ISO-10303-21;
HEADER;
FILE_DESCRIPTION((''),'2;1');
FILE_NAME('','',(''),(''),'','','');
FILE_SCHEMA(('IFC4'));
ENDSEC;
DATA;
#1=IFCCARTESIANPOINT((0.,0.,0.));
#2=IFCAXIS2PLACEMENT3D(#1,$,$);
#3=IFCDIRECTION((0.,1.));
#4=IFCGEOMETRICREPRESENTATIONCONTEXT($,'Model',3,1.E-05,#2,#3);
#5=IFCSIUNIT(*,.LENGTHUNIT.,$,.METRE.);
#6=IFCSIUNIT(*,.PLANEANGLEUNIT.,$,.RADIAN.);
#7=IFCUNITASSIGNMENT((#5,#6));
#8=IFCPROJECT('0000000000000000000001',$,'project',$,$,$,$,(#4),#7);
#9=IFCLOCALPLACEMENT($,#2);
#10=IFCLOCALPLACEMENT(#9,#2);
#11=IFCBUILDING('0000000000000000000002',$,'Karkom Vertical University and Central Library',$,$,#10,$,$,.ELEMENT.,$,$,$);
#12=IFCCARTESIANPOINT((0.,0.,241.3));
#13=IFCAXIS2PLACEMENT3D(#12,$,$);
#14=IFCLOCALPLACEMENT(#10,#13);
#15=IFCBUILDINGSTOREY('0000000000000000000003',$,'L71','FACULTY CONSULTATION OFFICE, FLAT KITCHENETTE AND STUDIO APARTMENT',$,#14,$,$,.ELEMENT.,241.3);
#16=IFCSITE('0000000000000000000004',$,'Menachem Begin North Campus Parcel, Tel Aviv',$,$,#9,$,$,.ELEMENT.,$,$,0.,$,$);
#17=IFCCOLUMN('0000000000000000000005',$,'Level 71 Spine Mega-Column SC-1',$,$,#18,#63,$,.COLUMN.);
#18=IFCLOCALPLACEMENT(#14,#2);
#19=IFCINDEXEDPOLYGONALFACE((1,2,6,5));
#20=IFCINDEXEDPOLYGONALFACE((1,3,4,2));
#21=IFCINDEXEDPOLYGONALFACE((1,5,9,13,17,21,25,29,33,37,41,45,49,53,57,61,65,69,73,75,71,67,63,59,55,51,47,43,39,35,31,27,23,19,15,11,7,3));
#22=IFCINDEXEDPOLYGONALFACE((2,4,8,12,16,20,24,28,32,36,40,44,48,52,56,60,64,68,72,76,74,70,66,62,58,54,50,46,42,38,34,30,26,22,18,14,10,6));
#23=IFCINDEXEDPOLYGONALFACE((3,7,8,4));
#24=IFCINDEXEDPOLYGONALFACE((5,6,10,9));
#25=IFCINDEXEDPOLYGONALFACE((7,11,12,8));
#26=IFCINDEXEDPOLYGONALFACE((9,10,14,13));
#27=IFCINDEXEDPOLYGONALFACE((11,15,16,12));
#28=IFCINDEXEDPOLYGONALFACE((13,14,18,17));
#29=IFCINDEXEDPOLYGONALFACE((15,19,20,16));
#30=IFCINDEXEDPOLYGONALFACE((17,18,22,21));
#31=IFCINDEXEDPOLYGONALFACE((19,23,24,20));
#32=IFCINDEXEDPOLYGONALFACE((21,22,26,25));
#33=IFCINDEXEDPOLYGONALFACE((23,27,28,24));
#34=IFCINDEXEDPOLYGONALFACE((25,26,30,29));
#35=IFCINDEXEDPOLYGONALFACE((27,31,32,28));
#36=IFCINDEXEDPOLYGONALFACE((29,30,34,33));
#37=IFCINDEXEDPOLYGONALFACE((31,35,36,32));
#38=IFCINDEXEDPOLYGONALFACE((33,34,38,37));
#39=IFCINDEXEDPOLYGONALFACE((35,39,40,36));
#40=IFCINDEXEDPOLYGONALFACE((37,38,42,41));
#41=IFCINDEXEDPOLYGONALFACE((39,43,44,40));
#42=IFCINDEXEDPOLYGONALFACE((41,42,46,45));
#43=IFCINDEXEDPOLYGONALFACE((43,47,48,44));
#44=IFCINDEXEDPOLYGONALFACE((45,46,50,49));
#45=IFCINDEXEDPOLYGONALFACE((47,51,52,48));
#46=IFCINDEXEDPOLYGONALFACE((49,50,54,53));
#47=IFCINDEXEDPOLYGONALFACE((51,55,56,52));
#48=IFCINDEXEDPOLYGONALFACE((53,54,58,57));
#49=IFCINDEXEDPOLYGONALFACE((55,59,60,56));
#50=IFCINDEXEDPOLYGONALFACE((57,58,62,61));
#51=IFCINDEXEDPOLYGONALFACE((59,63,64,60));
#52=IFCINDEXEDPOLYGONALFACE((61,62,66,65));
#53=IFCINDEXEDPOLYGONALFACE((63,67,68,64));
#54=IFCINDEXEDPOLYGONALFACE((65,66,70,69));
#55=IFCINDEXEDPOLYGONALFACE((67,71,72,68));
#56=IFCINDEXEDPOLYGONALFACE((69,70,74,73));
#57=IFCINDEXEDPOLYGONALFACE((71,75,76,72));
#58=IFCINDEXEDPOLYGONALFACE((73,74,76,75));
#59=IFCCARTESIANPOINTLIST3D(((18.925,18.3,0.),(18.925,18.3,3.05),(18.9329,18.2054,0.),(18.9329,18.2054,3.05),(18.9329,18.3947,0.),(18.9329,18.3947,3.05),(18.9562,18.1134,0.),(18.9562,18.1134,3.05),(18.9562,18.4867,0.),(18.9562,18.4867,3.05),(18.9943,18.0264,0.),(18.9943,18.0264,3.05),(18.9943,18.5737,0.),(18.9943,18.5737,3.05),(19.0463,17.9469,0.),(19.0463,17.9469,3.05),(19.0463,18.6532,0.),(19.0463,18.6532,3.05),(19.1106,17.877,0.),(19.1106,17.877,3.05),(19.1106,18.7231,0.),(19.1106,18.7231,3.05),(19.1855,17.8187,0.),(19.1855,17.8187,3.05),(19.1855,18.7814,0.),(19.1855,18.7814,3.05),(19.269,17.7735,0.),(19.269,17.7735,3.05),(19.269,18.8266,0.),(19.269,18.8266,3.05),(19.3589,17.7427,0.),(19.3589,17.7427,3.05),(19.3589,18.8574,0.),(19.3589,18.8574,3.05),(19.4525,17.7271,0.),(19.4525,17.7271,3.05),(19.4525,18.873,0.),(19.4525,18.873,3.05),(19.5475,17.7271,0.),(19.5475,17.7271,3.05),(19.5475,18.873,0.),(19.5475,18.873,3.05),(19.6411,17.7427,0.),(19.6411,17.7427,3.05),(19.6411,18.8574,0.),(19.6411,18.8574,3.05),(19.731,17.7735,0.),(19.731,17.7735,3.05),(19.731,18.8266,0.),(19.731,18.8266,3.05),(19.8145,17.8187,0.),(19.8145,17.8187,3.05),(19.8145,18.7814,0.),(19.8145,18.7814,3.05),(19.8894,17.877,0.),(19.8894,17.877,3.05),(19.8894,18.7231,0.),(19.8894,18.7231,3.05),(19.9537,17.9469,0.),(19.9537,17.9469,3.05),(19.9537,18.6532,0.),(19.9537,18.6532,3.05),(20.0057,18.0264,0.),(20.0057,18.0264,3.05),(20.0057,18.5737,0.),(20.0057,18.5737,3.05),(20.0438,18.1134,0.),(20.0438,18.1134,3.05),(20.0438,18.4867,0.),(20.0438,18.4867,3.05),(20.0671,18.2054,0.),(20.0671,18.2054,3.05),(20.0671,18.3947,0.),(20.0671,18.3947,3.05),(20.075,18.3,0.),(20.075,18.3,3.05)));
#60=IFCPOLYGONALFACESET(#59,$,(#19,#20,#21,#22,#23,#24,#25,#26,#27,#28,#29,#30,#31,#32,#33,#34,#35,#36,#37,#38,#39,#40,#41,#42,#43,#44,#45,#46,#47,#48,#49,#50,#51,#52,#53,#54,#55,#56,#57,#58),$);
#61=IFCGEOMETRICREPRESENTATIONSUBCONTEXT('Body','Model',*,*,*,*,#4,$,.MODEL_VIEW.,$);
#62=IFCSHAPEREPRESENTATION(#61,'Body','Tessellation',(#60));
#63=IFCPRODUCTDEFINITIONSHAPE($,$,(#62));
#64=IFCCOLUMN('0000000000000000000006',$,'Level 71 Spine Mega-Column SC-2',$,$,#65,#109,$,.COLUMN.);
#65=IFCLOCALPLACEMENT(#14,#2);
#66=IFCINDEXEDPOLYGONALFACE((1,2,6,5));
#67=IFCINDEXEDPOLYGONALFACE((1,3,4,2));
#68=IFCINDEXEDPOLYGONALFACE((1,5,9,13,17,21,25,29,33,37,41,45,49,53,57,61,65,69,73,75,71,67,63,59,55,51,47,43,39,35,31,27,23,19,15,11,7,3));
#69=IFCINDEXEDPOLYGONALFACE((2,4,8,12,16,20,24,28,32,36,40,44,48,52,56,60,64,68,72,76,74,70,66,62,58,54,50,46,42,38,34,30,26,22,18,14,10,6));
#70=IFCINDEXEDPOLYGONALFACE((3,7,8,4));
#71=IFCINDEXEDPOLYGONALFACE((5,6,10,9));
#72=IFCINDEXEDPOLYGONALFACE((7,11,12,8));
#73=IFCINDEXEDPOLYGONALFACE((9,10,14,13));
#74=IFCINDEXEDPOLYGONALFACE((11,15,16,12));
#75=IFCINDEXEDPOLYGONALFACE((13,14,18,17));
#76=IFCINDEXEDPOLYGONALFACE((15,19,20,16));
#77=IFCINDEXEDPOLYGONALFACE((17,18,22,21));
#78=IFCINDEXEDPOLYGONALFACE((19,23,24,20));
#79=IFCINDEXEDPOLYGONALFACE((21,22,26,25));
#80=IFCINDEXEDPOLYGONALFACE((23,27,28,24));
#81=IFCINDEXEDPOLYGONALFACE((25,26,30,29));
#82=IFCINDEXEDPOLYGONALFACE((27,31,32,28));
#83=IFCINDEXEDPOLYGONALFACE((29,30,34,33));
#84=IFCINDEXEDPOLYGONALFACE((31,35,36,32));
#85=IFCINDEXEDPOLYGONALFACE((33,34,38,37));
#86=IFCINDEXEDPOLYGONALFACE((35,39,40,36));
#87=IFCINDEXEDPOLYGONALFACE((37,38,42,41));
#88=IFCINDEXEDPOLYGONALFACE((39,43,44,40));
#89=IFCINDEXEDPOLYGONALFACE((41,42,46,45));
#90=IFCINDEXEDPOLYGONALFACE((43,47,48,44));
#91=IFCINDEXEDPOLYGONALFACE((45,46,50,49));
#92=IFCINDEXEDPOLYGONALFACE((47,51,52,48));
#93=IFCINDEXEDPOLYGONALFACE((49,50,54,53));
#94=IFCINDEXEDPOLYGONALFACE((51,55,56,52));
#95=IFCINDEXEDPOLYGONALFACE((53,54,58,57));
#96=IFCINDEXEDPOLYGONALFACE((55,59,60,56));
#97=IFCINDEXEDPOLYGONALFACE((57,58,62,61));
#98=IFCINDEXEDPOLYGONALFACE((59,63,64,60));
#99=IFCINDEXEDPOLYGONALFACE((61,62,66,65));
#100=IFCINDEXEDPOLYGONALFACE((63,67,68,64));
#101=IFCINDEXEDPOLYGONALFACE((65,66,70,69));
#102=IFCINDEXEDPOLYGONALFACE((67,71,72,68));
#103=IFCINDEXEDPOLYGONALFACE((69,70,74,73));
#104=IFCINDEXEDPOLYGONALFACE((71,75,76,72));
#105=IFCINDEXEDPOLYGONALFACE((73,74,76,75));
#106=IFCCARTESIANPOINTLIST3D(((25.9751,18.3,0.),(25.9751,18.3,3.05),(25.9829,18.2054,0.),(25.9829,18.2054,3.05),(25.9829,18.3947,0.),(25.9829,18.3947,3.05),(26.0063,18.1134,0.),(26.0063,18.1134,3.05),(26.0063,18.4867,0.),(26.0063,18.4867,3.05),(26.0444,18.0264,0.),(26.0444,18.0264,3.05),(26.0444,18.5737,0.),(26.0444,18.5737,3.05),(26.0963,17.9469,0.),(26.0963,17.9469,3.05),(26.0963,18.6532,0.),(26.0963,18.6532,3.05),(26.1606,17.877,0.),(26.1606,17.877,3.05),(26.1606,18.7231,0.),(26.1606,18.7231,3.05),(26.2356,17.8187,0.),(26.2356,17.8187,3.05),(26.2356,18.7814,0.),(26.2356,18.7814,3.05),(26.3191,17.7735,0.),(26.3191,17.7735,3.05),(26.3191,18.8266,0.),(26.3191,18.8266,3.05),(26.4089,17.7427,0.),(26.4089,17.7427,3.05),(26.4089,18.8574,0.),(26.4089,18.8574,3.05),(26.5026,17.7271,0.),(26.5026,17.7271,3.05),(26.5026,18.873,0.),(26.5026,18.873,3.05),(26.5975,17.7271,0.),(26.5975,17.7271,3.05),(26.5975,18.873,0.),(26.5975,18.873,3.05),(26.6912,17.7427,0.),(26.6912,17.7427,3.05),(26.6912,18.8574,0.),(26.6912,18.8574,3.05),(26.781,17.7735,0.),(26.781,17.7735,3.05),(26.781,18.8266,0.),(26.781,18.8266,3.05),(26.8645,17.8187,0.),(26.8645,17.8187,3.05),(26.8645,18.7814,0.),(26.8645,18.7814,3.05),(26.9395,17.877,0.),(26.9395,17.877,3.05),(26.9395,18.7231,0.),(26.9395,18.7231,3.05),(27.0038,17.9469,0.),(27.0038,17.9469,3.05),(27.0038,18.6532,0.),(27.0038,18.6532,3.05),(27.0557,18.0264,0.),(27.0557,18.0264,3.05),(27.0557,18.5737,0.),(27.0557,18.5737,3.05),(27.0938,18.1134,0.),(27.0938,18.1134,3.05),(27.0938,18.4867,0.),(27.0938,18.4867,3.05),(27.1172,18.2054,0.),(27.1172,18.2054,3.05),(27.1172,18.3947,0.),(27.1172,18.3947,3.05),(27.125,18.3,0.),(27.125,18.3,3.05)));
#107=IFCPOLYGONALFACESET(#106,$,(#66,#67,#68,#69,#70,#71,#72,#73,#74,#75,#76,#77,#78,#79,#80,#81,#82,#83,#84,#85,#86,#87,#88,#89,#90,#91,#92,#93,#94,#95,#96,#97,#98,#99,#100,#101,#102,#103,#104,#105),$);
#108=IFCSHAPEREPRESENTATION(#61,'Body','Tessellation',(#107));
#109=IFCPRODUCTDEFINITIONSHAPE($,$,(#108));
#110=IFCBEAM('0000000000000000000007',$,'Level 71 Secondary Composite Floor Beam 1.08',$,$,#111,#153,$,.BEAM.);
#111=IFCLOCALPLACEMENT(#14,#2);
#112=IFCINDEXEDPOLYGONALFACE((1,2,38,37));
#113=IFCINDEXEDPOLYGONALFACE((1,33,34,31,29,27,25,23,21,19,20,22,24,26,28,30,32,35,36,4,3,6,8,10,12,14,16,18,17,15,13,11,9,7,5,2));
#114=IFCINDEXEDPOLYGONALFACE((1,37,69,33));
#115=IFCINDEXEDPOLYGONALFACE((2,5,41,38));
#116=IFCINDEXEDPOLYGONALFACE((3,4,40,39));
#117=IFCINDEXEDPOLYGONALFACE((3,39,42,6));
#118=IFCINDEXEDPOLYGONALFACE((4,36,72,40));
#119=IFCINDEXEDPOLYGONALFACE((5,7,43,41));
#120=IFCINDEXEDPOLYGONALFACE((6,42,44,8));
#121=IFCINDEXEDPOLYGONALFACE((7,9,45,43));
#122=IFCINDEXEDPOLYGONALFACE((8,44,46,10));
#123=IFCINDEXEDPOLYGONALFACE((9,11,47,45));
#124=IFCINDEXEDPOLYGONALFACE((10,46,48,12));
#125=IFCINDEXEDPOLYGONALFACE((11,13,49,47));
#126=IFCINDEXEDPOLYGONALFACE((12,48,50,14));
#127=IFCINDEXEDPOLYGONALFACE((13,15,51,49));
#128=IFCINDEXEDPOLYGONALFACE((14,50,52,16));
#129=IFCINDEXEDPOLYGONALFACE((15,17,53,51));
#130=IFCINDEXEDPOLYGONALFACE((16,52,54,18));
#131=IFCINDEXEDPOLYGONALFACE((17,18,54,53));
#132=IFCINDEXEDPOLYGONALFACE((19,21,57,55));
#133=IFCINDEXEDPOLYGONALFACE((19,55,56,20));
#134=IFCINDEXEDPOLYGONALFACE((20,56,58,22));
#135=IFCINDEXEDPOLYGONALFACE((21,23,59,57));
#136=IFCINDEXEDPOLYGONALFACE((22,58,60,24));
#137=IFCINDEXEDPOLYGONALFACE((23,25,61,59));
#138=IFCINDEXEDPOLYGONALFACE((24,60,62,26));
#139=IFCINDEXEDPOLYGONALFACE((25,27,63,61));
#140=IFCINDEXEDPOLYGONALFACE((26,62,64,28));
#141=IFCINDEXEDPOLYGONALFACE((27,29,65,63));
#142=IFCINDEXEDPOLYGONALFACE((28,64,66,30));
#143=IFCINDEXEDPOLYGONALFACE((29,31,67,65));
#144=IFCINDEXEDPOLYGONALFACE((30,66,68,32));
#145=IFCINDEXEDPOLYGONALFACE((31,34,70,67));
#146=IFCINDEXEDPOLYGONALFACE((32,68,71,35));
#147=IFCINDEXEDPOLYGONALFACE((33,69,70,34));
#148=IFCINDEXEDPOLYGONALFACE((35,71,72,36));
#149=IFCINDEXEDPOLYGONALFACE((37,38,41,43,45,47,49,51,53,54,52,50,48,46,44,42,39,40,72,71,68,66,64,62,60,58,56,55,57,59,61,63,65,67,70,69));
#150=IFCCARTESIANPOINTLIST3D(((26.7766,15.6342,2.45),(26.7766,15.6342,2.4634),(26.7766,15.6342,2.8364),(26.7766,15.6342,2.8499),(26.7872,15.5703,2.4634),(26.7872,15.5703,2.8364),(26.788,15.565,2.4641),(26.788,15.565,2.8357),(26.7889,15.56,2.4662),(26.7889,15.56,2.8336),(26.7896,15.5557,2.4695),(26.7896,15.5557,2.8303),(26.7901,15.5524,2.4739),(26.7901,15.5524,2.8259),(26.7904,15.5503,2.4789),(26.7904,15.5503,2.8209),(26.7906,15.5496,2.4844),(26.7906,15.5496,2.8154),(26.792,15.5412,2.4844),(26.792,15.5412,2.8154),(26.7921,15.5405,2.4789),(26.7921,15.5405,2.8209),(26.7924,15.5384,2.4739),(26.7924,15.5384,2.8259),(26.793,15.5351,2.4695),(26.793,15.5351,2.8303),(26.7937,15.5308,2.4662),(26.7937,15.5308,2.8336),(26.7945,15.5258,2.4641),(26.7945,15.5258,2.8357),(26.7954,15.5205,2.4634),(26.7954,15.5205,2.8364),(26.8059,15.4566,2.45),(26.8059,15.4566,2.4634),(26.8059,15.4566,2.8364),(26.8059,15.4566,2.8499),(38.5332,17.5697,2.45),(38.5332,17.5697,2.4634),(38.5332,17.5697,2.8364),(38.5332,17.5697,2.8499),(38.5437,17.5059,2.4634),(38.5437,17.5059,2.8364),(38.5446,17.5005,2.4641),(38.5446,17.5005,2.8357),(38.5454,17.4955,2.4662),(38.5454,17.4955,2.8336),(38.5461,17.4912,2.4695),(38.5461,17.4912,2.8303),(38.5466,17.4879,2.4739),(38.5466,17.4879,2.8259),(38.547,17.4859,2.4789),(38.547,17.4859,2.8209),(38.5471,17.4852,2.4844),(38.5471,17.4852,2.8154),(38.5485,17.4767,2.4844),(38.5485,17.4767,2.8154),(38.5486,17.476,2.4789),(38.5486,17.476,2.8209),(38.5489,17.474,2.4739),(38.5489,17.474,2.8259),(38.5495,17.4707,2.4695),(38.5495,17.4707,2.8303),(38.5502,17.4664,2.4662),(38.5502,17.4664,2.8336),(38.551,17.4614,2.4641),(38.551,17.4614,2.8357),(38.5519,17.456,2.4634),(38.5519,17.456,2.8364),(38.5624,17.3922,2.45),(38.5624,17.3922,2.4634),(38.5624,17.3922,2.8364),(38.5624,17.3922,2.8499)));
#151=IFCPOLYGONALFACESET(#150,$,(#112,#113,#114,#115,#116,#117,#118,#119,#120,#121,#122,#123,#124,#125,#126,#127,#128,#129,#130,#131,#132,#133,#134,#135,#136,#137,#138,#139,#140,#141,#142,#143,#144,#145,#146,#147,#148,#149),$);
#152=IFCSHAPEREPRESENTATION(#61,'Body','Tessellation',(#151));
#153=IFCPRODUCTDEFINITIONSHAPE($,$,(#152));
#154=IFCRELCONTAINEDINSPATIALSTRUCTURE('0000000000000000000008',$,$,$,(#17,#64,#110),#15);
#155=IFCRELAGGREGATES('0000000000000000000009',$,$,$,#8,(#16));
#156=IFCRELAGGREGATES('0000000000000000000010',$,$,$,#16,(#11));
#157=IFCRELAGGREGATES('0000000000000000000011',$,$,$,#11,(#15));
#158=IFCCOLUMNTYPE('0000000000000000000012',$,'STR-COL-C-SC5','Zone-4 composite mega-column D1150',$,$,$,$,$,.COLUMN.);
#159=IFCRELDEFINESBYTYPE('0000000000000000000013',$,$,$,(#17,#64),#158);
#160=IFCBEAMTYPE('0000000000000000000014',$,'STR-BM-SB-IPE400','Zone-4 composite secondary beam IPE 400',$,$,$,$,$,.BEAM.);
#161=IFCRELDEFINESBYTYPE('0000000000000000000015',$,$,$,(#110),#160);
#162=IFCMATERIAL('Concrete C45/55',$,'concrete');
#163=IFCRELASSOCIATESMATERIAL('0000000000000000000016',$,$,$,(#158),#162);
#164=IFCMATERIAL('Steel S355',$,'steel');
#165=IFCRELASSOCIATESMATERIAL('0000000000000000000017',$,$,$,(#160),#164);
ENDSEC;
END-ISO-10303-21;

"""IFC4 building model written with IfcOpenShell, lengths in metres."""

from ifc_helpers import new_model, si_unit, direction, frame, origin, origin_with_axes, origin_2d, place, context, subcontext, project, spatial, circle, i_section, extrude, source, transform, mapped, material, material_profile, profile_set, type_object, element, save


model = new_model("IFC4")

# Units and contexts
model_context = context("Model", 3, precision=1e-05, world=origin(), true_north=direction((0.0, 1.0)))
body_context = subcontext(model_context, "Body", "Model", "MODEL_VIEW")
ifc_project = project(units=[si_unit("LENGTHUNIT", "METRE"), si_unit("PLANEANGLEUNIT", "RADIAN")], contexts=[model_context])

# Site, building, storey
site_placement = place(None, origin())
site = spatial("IfcSite", under=ifc_project, at=site_placement, Name="Menachem Begin North Campus Parcel, Tel Aviv", CompositionType="ELEMENT", RefElevation=0.0)
building_placement = place(site_placement, origin())
building = spatial("IfcBuilding", under=site, at=building_placement, Name="Karkom Vertical University and Central Library", CompositionType="ELEMENT")
storey_placement = place(building_placement, frame((0.0, 0.0, 241.3)))
storey = spatial("IfcBuildingStorey", under=building, at=storey_placement, Name="L71", Description="FACULTY CONSULTATION OFFICE, FLAT KITCHENETTE AND STUDIO APARTMENT", CompositionType="ELEMENT", Elevation=241.3)

# Columns
ifc_material_1 = material(Name="Concrete C45/55", Category="concrete")
ifc_material_profile_1 = material_profile(ifc_material_1, circle(Radius=0.575, at=origin_2d()), Name="CFT-D1150")
ifc_profile_set_1 = profile_set([ifc_material_profile_1], Name="Concrete C45/55")
column_type = type_object("IfcColumnType", Name="STR-COL-C-SC5", Description="Zone-4 composite mega-column D1150", PredefinedType="COLUMN", material=ifc_profile_set_1)
shared_shape_1 = source(origin_with_axes(), body_context, "Body", "SweptSolid", [
    extrude(circle(Radius=0.575, at=origin_2d()), origin(), (0.0, 0.0, 1.0), 3.05),
])
for number, where, z_axis, x_axis, name in (
    (1, (19.5, 18.3, 0.0), (0.0, 0.0, 1.0), (1.0, 0.0, 0.0), "Level 71 Spine Mega-Column SC-1"),
    (2, (26.55, 18.3, 0.0), (0.0, 0.0, 1.0), (1.0, 0.0, 0.0), "Level 71 Spine Mega-Column SC-2"),
):
    element("IfcColumn", number, at=place(storey_placement, frame(where, z_axis=z_axis, x_axis=x_axis)), inside=storey, type_object=column_type, Name=name, PredefinedType="COLUMN", context=body_context, shape_type="MappedRepresentation", body=[
        mapped(shared_shape_1, transform((0.0, 0.0, 0.0), scale=1.0)),
    ])

# Beam
ifc_material_2 = material(Name="Steel S355", Category="steel")
ifc_material_profile_2 = material_profile(ifc_material_2, i_section(OverallWidth=0.1799, OverallDepth=0.3999, WebThickness=0.0085, FlangeThickness=0.0134, FilletRadius=0.021, at=origin_2d()), Name="IPE 400")
ifc_profile_set_2 = profile_set([ifc_material_profile_2], Name="Steel S355")
beam_type_1 = type_object("IfcBeamType", Name="STR-BM-SB-IPE400", Description="Zone-4 composite secondary beam IPE 400", PredefinedType="BEAM", material=ifc_profile_set_2)
shared_shape_2 = source(origin_with_axes(), body_context, "Body", "SweptSolid", [
    extrude(i_section(OverallWidth=0.1799, OverallDepth=0.3999, WebThickness=0.0085, FlangeThickness=0.0134, FilletRadius=0.021, at=origin_2d()), origin(), (0.0, 0.0, 1.0), 11.9148),
])
beam_1_placement = place(storey_placement, frame((26.7913, 15.5454, 2.6499), z_axis=(0.986717, 0.162448, 0.0), x_axis=(-0.162448, 0.986717, 0.0)))
element("IfcBeam", 3, at=beam_1_placement, inside=storey, type_object=beam_type_1, Name="Level 71 Secondary Composite Floor Beam 1.08", PredefinedType="BEAM", context=body_context, shape_type="MappedRepresentation", body=[
    mapped(shared_shape_2, transform((0.0, 0.0, 0.0), scale=1.0)),
])

save(model, "model.ifc")
